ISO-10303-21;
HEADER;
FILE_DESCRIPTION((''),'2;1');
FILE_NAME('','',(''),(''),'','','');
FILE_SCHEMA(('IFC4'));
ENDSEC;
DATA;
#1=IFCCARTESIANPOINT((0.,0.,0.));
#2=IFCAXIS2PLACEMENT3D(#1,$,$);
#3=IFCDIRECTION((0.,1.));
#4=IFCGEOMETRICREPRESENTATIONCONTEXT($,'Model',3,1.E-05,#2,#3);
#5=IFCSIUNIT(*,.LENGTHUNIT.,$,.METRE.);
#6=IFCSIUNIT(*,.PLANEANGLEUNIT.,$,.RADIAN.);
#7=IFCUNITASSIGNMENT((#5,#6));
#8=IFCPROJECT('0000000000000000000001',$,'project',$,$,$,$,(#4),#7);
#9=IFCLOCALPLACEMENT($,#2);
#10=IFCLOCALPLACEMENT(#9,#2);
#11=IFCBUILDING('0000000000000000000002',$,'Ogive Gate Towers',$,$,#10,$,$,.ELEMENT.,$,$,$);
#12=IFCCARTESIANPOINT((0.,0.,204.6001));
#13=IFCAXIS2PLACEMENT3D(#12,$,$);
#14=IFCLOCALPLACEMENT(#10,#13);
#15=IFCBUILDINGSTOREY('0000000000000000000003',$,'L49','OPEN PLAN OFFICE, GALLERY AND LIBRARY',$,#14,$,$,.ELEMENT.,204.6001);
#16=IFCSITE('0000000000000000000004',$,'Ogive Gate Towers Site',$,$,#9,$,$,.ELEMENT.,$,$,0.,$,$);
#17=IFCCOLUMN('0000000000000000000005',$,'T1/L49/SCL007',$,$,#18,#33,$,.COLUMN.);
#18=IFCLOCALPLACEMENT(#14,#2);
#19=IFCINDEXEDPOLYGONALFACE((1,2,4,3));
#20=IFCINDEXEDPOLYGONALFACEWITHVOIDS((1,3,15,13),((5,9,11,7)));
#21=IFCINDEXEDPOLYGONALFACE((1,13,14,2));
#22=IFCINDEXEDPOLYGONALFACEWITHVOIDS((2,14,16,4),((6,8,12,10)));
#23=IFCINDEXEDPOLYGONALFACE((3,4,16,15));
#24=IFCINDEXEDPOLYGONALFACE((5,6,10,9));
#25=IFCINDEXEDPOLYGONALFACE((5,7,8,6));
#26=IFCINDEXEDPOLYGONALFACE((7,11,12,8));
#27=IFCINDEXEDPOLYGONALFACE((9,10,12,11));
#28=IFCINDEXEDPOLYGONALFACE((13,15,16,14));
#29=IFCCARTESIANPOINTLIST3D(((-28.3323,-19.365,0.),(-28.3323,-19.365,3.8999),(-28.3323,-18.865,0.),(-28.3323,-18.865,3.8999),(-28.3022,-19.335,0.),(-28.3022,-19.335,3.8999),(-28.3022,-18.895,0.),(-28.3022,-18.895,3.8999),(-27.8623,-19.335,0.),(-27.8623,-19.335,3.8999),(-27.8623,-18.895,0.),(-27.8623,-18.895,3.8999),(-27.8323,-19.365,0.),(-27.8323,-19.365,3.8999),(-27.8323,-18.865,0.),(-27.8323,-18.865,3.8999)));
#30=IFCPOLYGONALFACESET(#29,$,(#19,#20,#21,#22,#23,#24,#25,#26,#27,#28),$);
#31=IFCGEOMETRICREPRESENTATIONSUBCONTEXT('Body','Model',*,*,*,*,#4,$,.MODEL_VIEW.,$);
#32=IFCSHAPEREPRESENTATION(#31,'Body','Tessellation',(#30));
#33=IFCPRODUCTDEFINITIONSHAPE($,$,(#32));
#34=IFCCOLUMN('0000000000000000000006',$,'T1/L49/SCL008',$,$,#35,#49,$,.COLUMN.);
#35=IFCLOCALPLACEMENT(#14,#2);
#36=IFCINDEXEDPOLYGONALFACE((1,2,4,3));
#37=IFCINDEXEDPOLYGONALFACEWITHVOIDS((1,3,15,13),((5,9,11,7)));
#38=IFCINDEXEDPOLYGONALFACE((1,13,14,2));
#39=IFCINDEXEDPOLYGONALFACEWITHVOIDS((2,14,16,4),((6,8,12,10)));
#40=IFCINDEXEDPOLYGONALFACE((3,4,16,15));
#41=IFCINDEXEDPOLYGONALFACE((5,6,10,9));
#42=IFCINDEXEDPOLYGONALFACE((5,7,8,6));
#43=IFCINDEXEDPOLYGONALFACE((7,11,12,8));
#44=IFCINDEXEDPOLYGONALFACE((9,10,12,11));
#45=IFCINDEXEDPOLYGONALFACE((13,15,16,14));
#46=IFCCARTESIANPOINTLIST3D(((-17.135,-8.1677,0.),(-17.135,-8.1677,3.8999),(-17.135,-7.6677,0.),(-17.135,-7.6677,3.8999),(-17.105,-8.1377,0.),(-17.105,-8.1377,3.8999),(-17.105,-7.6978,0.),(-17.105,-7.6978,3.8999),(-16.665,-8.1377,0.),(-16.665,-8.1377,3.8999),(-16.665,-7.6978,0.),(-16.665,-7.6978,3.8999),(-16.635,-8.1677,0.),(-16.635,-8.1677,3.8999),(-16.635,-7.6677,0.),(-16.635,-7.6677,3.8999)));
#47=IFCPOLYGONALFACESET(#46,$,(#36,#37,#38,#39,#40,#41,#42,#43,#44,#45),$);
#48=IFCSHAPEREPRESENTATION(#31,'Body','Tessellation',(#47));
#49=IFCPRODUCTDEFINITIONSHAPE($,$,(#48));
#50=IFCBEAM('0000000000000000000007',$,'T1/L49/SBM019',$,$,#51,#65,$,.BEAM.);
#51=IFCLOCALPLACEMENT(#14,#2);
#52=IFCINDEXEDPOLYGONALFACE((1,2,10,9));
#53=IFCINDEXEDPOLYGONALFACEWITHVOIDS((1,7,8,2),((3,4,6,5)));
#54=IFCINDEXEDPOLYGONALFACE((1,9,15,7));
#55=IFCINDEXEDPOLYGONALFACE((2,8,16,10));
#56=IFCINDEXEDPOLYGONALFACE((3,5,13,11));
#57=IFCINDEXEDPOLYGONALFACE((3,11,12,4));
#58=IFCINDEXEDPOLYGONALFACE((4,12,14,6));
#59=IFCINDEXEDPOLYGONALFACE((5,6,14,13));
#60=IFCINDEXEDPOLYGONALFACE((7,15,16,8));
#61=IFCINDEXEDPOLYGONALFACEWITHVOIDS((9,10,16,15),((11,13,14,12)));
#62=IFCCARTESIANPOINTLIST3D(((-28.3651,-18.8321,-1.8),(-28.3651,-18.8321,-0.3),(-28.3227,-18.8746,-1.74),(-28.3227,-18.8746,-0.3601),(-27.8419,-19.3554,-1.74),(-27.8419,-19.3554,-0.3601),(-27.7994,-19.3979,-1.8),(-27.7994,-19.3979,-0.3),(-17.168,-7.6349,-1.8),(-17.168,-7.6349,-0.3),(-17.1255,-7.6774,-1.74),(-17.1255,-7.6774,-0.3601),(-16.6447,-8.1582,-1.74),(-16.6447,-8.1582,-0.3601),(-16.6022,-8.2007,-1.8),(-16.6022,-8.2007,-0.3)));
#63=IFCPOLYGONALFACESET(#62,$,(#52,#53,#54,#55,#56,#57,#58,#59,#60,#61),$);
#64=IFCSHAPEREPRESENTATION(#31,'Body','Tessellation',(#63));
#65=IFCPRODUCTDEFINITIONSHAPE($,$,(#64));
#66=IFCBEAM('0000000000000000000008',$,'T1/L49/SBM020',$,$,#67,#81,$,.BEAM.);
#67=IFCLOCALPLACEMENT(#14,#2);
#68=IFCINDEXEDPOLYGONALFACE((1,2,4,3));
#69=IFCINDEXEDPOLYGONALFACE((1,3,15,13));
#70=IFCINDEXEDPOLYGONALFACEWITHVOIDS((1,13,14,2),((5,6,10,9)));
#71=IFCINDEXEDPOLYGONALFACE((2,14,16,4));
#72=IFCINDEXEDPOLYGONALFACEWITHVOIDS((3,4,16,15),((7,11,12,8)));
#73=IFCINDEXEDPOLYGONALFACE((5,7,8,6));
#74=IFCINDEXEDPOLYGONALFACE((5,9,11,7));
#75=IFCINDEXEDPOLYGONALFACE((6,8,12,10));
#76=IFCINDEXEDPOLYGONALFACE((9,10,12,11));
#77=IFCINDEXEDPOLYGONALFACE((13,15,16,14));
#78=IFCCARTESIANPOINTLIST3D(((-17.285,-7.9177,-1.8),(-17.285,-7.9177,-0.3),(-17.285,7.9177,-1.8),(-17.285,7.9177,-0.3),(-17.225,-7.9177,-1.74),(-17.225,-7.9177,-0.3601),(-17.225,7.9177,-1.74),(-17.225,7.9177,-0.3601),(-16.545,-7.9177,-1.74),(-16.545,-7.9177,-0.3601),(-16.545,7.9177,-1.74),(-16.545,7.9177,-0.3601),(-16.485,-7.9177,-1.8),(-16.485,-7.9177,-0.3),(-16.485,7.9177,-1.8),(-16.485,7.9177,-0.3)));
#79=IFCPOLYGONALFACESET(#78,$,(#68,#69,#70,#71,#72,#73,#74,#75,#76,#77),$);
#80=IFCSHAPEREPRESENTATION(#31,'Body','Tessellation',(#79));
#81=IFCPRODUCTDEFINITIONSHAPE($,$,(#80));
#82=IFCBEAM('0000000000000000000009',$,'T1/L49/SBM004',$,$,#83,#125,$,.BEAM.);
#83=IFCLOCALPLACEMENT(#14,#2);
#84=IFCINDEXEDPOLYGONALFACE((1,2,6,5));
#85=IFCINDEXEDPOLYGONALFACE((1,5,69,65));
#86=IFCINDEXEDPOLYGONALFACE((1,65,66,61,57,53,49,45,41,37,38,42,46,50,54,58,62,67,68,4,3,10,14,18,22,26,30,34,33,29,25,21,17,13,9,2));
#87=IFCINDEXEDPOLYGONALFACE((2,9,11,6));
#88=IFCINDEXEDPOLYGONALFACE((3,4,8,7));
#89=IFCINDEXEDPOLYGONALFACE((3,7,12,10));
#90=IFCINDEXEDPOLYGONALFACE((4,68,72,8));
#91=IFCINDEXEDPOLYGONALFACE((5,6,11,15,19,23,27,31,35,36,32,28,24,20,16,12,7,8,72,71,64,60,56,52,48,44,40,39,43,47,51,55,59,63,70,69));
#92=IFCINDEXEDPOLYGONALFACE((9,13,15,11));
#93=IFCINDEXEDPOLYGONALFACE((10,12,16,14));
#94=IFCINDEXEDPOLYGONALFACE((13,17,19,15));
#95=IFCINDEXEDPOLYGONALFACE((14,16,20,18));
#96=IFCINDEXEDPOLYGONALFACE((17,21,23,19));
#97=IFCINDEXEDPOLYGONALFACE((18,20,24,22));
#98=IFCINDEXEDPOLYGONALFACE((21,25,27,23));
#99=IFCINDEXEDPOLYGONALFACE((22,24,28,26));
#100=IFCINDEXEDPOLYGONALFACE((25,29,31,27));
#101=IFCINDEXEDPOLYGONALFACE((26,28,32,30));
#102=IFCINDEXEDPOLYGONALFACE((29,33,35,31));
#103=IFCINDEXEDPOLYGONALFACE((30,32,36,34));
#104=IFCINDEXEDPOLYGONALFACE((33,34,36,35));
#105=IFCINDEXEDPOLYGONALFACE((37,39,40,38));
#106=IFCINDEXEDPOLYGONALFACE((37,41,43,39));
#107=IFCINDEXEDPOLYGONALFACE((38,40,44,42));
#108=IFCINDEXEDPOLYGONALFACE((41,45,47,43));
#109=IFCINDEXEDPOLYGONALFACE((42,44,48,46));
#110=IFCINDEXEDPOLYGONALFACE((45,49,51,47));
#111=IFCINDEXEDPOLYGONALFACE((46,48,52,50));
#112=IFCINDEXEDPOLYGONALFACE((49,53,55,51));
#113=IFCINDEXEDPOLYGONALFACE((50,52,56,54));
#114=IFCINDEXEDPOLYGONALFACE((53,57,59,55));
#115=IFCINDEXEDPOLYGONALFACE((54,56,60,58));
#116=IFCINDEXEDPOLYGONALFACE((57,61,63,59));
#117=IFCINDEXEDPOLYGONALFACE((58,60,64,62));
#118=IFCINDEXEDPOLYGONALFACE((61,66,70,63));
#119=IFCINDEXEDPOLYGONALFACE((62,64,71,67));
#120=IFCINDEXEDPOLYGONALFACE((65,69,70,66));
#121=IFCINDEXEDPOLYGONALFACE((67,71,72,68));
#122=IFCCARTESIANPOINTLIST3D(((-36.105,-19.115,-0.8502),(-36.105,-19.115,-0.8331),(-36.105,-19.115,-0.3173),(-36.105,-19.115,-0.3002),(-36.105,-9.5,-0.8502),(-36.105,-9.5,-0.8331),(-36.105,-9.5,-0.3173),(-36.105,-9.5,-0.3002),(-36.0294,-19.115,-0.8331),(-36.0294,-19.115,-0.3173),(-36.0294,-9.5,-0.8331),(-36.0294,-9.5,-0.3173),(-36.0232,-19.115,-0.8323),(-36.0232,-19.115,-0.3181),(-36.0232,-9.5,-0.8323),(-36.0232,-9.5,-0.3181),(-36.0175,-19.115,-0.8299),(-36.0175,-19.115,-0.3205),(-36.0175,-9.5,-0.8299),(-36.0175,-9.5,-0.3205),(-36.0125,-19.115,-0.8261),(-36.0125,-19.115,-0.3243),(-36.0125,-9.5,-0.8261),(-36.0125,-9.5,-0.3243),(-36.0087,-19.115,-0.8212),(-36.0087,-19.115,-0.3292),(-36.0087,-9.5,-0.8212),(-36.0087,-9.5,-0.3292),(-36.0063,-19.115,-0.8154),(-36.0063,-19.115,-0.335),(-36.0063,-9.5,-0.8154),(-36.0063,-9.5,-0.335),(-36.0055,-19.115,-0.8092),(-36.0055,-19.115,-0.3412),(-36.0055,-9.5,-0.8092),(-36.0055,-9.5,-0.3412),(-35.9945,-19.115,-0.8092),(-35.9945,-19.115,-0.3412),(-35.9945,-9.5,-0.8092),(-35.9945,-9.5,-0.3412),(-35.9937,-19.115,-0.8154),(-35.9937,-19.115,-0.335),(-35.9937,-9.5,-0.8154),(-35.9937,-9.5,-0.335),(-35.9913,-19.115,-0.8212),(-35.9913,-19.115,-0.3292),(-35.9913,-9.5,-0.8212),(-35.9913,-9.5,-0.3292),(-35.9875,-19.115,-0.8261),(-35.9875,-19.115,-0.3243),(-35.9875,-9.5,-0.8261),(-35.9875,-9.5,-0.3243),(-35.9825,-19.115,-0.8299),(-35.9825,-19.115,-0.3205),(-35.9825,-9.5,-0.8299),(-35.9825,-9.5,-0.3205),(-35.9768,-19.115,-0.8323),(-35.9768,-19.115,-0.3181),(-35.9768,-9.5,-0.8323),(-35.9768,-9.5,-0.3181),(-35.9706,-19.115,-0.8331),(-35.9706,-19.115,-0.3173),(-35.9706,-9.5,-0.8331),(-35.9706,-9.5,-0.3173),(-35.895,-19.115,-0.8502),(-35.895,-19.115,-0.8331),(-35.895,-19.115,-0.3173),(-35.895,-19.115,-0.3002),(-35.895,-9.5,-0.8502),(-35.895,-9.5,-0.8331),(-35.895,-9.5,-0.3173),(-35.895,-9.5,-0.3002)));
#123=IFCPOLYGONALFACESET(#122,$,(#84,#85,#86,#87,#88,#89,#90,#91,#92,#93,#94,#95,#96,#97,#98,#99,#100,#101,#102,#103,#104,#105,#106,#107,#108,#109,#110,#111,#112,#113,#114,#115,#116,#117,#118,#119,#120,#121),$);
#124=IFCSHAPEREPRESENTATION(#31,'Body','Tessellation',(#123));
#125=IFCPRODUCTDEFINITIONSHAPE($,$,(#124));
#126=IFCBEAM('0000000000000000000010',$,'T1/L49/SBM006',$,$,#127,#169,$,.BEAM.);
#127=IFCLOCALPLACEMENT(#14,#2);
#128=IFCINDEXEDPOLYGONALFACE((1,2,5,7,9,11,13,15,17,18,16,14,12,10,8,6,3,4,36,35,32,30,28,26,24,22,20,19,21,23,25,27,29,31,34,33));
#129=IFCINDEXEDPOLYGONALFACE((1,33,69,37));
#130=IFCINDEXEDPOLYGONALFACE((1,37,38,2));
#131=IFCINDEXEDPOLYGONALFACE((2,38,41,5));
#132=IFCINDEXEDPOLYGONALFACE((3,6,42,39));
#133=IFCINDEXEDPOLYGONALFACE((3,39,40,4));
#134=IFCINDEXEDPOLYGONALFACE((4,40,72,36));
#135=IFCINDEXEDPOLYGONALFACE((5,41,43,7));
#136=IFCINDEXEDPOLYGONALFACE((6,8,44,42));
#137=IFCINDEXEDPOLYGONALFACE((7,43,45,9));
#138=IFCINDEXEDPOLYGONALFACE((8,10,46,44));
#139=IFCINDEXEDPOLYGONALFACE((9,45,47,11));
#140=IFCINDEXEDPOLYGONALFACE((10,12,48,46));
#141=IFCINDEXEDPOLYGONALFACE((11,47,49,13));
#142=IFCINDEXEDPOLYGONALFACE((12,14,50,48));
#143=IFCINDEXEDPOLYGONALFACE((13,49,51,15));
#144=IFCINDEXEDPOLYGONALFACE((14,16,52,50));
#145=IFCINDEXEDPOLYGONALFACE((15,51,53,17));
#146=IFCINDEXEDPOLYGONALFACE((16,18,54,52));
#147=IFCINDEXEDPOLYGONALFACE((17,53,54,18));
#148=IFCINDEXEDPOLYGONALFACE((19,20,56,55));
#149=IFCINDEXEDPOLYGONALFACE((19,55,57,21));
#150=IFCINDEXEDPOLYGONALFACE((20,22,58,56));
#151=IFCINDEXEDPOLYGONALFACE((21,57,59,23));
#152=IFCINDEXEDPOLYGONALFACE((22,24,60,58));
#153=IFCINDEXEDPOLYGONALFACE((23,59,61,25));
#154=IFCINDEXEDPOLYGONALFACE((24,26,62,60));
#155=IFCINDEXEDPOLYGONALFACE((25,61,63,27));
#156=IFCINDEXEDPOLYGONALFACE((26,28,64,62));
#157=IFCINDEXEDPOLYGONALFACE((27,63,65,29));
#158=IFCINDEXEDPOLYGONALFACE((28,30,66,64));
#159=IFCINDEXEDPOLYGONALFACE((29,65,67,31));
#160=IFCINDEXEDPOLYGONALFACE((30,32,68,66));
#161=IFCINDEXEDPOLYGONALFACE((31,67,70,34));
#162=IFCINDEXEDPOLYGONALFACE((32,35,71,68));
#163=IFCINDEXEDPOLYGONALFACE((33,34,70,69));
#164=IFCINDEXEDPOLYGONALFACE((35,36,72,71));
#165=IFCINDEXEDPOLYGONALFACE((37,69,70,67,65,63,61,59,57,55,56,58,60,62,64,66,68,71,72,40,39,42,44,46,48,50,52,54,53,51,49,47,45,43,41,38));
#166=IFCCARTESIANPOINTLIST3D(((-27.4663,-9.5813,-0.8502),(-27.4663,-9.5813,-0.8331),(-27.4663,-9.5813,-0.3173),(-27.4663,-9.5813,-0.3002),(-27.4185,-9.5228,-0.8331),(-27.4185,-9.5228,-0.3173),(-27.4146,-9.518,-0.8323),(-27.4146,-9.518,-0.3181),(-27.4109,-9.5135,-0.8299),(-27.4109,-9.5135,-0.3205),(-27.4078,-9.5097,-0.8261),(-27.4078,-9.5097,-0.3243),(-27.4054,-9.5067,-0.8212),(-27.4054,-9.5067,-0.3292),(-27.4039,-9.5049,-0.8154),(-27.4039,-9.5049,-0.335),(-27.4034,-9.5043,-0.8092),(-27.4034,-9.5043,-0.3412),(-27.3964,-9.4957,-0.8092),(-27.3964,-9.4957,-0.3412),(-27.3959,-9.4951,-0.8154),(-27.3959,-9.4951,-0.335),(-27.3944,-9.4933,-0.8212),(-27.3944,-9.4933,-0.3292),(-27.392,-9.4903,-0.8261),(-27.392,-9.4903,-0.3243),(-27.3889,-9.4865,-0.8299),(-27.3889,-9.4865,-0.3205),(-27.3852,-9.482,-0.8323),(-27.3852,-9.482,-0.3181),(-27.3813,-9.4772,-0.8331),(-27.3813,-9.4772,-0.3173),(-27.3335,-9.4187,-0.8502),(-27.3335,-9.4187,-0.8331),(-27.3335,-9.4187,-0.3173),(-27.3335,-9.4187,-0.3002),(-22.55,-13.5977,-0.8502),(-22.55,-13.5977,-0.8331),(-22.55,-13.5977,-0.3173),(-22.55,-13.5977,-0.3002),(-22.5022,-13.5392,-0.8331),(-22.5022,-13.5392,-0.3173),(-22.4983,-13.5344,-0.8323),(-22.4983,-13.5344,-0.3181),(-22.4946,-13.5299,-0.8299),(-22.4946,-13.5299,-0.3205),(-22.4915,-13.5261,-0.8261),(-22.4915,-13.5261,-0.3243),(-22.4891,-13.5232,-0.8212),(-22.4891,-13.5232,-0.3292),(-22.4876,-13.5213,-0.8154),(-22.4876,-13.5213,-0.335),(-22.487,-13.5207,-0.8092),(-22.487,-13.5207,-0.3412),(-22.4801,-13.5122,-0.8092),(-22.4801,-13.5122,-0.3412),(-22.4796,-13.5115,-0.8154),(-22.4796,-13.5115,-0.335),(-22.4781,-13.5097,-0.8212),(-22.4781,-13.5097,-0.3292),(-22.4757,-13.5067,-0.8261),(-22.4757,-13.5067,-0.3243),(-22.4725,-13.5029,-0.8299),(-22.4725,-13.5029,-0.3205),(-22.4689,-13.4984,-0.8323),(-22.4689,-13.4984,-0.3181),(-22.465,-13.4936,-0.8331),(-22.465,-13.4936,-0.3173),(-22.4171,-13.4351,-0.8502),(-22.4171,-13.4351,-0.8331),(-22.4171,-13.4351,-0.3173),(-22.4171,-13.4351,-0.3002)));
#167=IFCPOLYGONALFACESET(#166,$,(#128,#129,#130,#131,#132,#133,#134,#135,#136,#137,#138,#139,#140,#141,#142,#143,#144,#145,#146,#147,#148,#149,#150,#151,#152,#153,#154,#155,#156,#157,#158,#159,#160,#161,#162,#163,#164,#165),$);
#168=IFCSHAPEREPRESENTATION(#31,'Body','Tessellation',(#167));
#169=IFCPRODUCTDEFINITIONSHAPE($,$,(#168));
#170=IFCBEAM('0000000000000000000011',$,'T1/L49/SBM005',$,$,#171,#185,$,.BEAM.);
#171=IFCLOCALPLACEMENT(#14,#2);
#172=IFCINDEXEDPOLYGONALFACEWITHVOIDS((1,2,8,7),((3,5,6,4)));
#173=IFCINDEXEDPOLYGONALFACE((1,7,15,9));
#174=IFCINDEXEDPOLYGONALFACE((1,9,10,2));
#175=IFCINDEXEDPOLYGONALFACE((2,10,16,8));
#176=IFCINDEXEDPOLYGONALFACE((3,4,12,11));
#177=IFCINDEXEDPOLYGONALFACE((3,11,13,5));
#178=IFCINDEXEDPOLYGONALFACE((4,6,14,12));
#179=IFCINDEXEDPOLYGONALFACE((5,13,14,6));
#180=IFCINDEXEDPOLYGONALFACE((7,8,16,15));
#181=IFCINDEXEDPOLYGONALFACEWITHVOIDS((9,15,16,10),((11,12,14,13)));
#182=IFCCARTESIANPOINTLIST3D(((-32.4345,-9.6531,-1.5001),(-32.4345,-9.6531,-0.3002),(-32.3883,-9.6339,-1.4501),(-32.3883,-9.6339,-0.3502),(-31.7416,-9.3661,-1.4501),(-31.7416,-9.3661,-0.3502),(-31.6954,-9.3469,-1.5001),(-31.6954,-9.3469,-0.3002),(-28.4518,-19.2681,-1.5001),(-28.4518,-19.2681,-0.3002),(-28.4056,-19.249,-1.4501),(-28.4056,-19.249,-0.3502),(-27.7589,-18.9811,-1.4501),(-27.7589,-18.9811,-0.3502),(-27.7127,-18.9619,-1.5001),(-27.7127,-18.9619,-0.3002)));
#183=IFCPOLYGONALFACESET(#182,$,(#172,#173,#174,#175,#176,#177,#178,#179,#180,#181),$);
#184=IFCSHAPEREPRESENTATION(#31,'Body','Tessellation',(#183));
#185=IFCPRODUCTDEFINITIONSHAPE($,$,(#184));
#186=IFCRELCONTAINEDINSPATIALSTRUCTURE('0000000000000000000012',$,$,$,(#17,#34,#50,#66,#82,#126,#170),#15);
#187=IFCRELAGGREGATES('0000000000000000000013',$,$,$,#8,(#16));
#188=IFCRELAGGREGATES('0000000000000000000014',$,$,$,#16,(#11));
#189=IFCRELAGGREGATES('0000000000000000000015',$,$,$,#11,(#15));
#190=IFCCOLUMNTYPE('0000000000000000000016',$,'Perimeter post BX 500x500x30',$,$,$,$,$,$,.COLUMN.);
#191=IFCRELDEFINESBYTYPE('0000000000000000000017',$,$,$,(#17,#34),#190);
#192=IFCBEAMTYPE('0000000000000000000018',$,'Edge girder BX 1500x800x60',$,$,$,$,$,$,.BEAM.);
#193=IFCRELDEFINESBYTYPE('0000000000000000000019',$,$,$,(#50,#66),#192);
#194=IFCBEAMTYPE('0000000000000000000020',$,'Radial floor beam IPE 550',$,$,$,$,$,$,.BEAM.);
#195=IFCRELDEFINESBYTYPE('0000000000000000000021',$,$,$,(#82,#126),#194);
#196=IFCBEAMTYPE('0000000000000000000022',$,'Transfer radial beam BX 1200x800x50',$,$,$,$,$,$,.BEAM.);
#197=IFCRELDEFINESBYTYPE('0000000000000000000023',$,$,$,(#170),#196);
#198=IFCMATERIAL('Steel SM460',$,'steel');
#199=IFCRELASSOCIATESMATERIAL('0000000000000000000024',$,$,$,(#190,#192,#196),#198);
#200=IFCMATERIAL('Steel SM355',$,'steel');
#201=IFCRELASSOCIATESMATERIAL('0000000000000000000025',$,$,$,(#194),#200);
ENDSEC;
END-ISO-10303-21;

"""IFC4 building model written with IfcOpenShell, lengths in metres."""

from ifc_helpers import new_model, si_unit, direction, frame, origin, origin_2d, place, context, subcontext, project, spatial, hollow_rectangle, i_section, extrude, material, material_profile, profile_set, type_object, element, save


model = new_model("IFC4")

# Units and contexts
model_context = context("Model", 3, precision=1e-05, world=origin(), true_north=direction((0.0, 1.0)))
body_context = subcontext(model_context, "Body", "Model", "MODEL_VIEW")
ifc_project = project(units=[si_unit("LENGTHUNIT", "METRE"), si_unit("PLANEANGLEUNIT", "RADIAN")], contexts=[model_context])

# Site, building, storey
site_placement = place(None, origin())
site = spatial("IfcSite", under=ifc_project, at=site_placement, Name="Ogive Gate Towers Site", CompositionType="ELEMENT", RefElevation=0.0)
building_placement = place(site_placement, origin())
building = spatial("IfcBuilding", under=site, at=building_placement, Name="Ogive Gate Towers", CompositionType="ELEMENT")
storey_placement = place(building_placement, frame((0.0, 0.0, 204.6001)))
storey = spatial("IfcBuildingStorey", under=building, at=storey_placement, Name="L49", Description="OPEN PLAN OFFICE, GALLERY AND LIBRARY", CompositionType="ELEMENT", Elevation=204.6001)

# Columns
ifc_material_1 = material(Name="Steel SM460", Category="steel")
ifc_material_profile_1 = material_profile(ifc_material_1, hollow_rectangle(XDim=0.5, YDim=0.5, WallThickness=0.03, at=origin_2d()), Name="BX 500x500x30")
ifc_profile_set_1 = profile_set([ifc_material_profile_1], Name="Steel SM460")
column_type = type_object("IfcColumnType", Name="Perimeter post BX 500x500x30", PredefinedType="COLUMN", material=ifc_profile_set_1)
for number, where, z_axis, x_axis, name in (
    (1, (-28.0823, -19.115, 0.0), (0.0, 0.0, 1.0), (1.0, 0.0, 0.0), "T1/L49/SCL007"),
    (2, (-16.885, -7.9177, 0.0), (0.0, 0.0, 1.0), (1.0, 0.0, 0.0), "T1/L49/SCL008"),
):
    element("IfcColumn", number, at=place(storey_placement, frame(where, z_axis=z_axis, x_axis=x_axis)), inside=storey, type_object=column_type, Name=name, PredefinedType="COLUMN", context=body_context, shape_type="SweptSolid", body=[
        extrude(hollow_rectangle(XDim=0.5, YDim=0.5, WallThickness=0.03, at=origin_2d()), origin(), (0.0, 0.0, 1.0), 3.8999),
    ])

# Beams
ifc_material_profile_2 = material_profile(ifc_material_1, hollow_rectangle(XDim=0.8, YDim=1.5, WallThickness=0.0601, at=origin_2d()), Name="BX 1500x800x60")
ifc_profile_set_2 = profile_set([ifc_material_profile_2], Name="Steel SM460")
beam_type_1 = type_object("IfcBeamType", Name="Edge girder BX 1500x800x60", PredefinedType="BEAM", material=ifc_profile_set_2)
beam_1_placement = place(storey_placement, frame((-28.0823, -19.115, -1.05), z_axis=(0.707107, 0.707107, 0.0), x_axis=(-0.707107, 0.707107, 0.0)))
element("IfcBeam", 3, at=beam_1_placement, inside=storey, type_object=beam_type_1, Name="T1/L49/SBM019", PredefinedType="BEAM", context=body_context, shape_type="SweptSolid", body=[
    extrude(hollow_rectangle(XDim=0.8, YDim=1.5, WallThickness=0.0601, at=origin_2d()), origin(), (0.0, 0.0, 1.0), 15.8352),
])
beam_2_placement = place(storey_placement, frame((-16.885, -7.9177, -1.05), z_axis=(0.0, 1.0, 0.0), x_axis=(-1.0, 0.0, 0.0)))
element("IfcBeam", 4, at=beam_2_placement, inside=storey, type_object=beam_type_1, Name="T1/L49/SBM020", PredefinedType="BEAM", context=body_context, shape_type="SweptSolid", body=[
    extrude(hollow_rectangle(XDim=0.8, YDim=1.5, WallThickness=0.0601, at=origin_2d()), origin(), (0.0, 0.0, 1.0), 15.8354),
])
ifc_material_2 = material(Name="Steel SM355", Category="steel")
ifc_material_profile_3 = material_profile(ifc_material_2, i_section(OverallWidth=0.21, OverallDepth=0.55, WebThickness=0.011, FlangeThickness=0.0171, FilletRadius=0.0239, at=origin_2d()), Name="IPE 550")
ifc_profile_set_3 = profile_set([ifc_material_profile_3], Name="Steel SM355")
beam_type_2 = type_object("IfcBeamType", Name="Radial floor beam IPE 550", PredefinedType="BEAM", material=ifc_profile_set_3)
beam_3_placement = place(storey_placement, frame((-36.0, -9.5, -0.5752), z_axis=(0.0, -1.0, 0.0), x_axis=(1.0, 0.0, 0.0)))
element("IfcBeam", 5, at=beam_3_placement, inside=storey, type_object=beam_type_2, Name="T1/L49/SBM004", PredefinedType="BEAM", context=body_context, shape_type="SweptSolid", body=[
    extrude(i_section(OverallWidth=0.21, OverallDepth=0.55, WebThickness=0.011, FlangeThickness=0.0171, FilletRadius=0.0239, at=origin_2d()), origin(), (0.0, 0.0, 1.0), 9.615),
])
beam_4_placement = place(storey_placement, frame((-27.3999, -9.5, -0.5752), z_axis=(0.774423, -0.632668, 0.0), x_axis=(0.632668, 0.774423, 0.0)))
element("IfcBeam", 6, at=beam_4_placement, inside=storey, type_object=beam_type_2, Name="T1/L49/SBM006", PredefinedType="BEAM", context=body_context, shape_type="SweptSolid", body=[
    extrude(i_section(OverallWidth=0.21, OverallDepth=0.55, WebThickness=0.011, FlangeThickness=0.0171, FilletRadius=0.0239, at=origin_2d()), origin(), (0.0, 0.0, 1.0), 6.3484),
])
ifc_material_profile_4 = material_profile(ifc_material_1, hollow_rectangle(XDim=0.8, YDim=1.2, WallThickness=0.05, at=origin_2d()), Name="BX 1200x800x50")
ifc_profile_set_4 = profile_set([ifc_material_profile_4], Name="Steel SM460")
beam_type_3 = type_object("IfcBeamType", Name="Transfer radial beam BX 1200x800x50", PredefinedType="BEAM", material=ifc_profile_set_4)
beam_5_placement = place(storey_placement, frame((-32.0649, -9.5, -0.9001), z_axis=(0.382684, -0.923879, 0.0), x_axis=(0.923879, 0.382684, 0.0)))
element("IfcBeam", 7, at=beam_5_placement, inside=storey, type_object=beam_type_3, Name="T1/L49/SBM005", PredefinedType="BEAM", context=body_context, shape_type="SweptSolid", body=[
    extrude(hollow_rectangle(XDim=0.8, YDim=1.2, WallThickness=0.05, at=origin_2d()), origin(), (0.0, 0.0, 1.0), 10.4072),
])

save(model, "model.ifc")
